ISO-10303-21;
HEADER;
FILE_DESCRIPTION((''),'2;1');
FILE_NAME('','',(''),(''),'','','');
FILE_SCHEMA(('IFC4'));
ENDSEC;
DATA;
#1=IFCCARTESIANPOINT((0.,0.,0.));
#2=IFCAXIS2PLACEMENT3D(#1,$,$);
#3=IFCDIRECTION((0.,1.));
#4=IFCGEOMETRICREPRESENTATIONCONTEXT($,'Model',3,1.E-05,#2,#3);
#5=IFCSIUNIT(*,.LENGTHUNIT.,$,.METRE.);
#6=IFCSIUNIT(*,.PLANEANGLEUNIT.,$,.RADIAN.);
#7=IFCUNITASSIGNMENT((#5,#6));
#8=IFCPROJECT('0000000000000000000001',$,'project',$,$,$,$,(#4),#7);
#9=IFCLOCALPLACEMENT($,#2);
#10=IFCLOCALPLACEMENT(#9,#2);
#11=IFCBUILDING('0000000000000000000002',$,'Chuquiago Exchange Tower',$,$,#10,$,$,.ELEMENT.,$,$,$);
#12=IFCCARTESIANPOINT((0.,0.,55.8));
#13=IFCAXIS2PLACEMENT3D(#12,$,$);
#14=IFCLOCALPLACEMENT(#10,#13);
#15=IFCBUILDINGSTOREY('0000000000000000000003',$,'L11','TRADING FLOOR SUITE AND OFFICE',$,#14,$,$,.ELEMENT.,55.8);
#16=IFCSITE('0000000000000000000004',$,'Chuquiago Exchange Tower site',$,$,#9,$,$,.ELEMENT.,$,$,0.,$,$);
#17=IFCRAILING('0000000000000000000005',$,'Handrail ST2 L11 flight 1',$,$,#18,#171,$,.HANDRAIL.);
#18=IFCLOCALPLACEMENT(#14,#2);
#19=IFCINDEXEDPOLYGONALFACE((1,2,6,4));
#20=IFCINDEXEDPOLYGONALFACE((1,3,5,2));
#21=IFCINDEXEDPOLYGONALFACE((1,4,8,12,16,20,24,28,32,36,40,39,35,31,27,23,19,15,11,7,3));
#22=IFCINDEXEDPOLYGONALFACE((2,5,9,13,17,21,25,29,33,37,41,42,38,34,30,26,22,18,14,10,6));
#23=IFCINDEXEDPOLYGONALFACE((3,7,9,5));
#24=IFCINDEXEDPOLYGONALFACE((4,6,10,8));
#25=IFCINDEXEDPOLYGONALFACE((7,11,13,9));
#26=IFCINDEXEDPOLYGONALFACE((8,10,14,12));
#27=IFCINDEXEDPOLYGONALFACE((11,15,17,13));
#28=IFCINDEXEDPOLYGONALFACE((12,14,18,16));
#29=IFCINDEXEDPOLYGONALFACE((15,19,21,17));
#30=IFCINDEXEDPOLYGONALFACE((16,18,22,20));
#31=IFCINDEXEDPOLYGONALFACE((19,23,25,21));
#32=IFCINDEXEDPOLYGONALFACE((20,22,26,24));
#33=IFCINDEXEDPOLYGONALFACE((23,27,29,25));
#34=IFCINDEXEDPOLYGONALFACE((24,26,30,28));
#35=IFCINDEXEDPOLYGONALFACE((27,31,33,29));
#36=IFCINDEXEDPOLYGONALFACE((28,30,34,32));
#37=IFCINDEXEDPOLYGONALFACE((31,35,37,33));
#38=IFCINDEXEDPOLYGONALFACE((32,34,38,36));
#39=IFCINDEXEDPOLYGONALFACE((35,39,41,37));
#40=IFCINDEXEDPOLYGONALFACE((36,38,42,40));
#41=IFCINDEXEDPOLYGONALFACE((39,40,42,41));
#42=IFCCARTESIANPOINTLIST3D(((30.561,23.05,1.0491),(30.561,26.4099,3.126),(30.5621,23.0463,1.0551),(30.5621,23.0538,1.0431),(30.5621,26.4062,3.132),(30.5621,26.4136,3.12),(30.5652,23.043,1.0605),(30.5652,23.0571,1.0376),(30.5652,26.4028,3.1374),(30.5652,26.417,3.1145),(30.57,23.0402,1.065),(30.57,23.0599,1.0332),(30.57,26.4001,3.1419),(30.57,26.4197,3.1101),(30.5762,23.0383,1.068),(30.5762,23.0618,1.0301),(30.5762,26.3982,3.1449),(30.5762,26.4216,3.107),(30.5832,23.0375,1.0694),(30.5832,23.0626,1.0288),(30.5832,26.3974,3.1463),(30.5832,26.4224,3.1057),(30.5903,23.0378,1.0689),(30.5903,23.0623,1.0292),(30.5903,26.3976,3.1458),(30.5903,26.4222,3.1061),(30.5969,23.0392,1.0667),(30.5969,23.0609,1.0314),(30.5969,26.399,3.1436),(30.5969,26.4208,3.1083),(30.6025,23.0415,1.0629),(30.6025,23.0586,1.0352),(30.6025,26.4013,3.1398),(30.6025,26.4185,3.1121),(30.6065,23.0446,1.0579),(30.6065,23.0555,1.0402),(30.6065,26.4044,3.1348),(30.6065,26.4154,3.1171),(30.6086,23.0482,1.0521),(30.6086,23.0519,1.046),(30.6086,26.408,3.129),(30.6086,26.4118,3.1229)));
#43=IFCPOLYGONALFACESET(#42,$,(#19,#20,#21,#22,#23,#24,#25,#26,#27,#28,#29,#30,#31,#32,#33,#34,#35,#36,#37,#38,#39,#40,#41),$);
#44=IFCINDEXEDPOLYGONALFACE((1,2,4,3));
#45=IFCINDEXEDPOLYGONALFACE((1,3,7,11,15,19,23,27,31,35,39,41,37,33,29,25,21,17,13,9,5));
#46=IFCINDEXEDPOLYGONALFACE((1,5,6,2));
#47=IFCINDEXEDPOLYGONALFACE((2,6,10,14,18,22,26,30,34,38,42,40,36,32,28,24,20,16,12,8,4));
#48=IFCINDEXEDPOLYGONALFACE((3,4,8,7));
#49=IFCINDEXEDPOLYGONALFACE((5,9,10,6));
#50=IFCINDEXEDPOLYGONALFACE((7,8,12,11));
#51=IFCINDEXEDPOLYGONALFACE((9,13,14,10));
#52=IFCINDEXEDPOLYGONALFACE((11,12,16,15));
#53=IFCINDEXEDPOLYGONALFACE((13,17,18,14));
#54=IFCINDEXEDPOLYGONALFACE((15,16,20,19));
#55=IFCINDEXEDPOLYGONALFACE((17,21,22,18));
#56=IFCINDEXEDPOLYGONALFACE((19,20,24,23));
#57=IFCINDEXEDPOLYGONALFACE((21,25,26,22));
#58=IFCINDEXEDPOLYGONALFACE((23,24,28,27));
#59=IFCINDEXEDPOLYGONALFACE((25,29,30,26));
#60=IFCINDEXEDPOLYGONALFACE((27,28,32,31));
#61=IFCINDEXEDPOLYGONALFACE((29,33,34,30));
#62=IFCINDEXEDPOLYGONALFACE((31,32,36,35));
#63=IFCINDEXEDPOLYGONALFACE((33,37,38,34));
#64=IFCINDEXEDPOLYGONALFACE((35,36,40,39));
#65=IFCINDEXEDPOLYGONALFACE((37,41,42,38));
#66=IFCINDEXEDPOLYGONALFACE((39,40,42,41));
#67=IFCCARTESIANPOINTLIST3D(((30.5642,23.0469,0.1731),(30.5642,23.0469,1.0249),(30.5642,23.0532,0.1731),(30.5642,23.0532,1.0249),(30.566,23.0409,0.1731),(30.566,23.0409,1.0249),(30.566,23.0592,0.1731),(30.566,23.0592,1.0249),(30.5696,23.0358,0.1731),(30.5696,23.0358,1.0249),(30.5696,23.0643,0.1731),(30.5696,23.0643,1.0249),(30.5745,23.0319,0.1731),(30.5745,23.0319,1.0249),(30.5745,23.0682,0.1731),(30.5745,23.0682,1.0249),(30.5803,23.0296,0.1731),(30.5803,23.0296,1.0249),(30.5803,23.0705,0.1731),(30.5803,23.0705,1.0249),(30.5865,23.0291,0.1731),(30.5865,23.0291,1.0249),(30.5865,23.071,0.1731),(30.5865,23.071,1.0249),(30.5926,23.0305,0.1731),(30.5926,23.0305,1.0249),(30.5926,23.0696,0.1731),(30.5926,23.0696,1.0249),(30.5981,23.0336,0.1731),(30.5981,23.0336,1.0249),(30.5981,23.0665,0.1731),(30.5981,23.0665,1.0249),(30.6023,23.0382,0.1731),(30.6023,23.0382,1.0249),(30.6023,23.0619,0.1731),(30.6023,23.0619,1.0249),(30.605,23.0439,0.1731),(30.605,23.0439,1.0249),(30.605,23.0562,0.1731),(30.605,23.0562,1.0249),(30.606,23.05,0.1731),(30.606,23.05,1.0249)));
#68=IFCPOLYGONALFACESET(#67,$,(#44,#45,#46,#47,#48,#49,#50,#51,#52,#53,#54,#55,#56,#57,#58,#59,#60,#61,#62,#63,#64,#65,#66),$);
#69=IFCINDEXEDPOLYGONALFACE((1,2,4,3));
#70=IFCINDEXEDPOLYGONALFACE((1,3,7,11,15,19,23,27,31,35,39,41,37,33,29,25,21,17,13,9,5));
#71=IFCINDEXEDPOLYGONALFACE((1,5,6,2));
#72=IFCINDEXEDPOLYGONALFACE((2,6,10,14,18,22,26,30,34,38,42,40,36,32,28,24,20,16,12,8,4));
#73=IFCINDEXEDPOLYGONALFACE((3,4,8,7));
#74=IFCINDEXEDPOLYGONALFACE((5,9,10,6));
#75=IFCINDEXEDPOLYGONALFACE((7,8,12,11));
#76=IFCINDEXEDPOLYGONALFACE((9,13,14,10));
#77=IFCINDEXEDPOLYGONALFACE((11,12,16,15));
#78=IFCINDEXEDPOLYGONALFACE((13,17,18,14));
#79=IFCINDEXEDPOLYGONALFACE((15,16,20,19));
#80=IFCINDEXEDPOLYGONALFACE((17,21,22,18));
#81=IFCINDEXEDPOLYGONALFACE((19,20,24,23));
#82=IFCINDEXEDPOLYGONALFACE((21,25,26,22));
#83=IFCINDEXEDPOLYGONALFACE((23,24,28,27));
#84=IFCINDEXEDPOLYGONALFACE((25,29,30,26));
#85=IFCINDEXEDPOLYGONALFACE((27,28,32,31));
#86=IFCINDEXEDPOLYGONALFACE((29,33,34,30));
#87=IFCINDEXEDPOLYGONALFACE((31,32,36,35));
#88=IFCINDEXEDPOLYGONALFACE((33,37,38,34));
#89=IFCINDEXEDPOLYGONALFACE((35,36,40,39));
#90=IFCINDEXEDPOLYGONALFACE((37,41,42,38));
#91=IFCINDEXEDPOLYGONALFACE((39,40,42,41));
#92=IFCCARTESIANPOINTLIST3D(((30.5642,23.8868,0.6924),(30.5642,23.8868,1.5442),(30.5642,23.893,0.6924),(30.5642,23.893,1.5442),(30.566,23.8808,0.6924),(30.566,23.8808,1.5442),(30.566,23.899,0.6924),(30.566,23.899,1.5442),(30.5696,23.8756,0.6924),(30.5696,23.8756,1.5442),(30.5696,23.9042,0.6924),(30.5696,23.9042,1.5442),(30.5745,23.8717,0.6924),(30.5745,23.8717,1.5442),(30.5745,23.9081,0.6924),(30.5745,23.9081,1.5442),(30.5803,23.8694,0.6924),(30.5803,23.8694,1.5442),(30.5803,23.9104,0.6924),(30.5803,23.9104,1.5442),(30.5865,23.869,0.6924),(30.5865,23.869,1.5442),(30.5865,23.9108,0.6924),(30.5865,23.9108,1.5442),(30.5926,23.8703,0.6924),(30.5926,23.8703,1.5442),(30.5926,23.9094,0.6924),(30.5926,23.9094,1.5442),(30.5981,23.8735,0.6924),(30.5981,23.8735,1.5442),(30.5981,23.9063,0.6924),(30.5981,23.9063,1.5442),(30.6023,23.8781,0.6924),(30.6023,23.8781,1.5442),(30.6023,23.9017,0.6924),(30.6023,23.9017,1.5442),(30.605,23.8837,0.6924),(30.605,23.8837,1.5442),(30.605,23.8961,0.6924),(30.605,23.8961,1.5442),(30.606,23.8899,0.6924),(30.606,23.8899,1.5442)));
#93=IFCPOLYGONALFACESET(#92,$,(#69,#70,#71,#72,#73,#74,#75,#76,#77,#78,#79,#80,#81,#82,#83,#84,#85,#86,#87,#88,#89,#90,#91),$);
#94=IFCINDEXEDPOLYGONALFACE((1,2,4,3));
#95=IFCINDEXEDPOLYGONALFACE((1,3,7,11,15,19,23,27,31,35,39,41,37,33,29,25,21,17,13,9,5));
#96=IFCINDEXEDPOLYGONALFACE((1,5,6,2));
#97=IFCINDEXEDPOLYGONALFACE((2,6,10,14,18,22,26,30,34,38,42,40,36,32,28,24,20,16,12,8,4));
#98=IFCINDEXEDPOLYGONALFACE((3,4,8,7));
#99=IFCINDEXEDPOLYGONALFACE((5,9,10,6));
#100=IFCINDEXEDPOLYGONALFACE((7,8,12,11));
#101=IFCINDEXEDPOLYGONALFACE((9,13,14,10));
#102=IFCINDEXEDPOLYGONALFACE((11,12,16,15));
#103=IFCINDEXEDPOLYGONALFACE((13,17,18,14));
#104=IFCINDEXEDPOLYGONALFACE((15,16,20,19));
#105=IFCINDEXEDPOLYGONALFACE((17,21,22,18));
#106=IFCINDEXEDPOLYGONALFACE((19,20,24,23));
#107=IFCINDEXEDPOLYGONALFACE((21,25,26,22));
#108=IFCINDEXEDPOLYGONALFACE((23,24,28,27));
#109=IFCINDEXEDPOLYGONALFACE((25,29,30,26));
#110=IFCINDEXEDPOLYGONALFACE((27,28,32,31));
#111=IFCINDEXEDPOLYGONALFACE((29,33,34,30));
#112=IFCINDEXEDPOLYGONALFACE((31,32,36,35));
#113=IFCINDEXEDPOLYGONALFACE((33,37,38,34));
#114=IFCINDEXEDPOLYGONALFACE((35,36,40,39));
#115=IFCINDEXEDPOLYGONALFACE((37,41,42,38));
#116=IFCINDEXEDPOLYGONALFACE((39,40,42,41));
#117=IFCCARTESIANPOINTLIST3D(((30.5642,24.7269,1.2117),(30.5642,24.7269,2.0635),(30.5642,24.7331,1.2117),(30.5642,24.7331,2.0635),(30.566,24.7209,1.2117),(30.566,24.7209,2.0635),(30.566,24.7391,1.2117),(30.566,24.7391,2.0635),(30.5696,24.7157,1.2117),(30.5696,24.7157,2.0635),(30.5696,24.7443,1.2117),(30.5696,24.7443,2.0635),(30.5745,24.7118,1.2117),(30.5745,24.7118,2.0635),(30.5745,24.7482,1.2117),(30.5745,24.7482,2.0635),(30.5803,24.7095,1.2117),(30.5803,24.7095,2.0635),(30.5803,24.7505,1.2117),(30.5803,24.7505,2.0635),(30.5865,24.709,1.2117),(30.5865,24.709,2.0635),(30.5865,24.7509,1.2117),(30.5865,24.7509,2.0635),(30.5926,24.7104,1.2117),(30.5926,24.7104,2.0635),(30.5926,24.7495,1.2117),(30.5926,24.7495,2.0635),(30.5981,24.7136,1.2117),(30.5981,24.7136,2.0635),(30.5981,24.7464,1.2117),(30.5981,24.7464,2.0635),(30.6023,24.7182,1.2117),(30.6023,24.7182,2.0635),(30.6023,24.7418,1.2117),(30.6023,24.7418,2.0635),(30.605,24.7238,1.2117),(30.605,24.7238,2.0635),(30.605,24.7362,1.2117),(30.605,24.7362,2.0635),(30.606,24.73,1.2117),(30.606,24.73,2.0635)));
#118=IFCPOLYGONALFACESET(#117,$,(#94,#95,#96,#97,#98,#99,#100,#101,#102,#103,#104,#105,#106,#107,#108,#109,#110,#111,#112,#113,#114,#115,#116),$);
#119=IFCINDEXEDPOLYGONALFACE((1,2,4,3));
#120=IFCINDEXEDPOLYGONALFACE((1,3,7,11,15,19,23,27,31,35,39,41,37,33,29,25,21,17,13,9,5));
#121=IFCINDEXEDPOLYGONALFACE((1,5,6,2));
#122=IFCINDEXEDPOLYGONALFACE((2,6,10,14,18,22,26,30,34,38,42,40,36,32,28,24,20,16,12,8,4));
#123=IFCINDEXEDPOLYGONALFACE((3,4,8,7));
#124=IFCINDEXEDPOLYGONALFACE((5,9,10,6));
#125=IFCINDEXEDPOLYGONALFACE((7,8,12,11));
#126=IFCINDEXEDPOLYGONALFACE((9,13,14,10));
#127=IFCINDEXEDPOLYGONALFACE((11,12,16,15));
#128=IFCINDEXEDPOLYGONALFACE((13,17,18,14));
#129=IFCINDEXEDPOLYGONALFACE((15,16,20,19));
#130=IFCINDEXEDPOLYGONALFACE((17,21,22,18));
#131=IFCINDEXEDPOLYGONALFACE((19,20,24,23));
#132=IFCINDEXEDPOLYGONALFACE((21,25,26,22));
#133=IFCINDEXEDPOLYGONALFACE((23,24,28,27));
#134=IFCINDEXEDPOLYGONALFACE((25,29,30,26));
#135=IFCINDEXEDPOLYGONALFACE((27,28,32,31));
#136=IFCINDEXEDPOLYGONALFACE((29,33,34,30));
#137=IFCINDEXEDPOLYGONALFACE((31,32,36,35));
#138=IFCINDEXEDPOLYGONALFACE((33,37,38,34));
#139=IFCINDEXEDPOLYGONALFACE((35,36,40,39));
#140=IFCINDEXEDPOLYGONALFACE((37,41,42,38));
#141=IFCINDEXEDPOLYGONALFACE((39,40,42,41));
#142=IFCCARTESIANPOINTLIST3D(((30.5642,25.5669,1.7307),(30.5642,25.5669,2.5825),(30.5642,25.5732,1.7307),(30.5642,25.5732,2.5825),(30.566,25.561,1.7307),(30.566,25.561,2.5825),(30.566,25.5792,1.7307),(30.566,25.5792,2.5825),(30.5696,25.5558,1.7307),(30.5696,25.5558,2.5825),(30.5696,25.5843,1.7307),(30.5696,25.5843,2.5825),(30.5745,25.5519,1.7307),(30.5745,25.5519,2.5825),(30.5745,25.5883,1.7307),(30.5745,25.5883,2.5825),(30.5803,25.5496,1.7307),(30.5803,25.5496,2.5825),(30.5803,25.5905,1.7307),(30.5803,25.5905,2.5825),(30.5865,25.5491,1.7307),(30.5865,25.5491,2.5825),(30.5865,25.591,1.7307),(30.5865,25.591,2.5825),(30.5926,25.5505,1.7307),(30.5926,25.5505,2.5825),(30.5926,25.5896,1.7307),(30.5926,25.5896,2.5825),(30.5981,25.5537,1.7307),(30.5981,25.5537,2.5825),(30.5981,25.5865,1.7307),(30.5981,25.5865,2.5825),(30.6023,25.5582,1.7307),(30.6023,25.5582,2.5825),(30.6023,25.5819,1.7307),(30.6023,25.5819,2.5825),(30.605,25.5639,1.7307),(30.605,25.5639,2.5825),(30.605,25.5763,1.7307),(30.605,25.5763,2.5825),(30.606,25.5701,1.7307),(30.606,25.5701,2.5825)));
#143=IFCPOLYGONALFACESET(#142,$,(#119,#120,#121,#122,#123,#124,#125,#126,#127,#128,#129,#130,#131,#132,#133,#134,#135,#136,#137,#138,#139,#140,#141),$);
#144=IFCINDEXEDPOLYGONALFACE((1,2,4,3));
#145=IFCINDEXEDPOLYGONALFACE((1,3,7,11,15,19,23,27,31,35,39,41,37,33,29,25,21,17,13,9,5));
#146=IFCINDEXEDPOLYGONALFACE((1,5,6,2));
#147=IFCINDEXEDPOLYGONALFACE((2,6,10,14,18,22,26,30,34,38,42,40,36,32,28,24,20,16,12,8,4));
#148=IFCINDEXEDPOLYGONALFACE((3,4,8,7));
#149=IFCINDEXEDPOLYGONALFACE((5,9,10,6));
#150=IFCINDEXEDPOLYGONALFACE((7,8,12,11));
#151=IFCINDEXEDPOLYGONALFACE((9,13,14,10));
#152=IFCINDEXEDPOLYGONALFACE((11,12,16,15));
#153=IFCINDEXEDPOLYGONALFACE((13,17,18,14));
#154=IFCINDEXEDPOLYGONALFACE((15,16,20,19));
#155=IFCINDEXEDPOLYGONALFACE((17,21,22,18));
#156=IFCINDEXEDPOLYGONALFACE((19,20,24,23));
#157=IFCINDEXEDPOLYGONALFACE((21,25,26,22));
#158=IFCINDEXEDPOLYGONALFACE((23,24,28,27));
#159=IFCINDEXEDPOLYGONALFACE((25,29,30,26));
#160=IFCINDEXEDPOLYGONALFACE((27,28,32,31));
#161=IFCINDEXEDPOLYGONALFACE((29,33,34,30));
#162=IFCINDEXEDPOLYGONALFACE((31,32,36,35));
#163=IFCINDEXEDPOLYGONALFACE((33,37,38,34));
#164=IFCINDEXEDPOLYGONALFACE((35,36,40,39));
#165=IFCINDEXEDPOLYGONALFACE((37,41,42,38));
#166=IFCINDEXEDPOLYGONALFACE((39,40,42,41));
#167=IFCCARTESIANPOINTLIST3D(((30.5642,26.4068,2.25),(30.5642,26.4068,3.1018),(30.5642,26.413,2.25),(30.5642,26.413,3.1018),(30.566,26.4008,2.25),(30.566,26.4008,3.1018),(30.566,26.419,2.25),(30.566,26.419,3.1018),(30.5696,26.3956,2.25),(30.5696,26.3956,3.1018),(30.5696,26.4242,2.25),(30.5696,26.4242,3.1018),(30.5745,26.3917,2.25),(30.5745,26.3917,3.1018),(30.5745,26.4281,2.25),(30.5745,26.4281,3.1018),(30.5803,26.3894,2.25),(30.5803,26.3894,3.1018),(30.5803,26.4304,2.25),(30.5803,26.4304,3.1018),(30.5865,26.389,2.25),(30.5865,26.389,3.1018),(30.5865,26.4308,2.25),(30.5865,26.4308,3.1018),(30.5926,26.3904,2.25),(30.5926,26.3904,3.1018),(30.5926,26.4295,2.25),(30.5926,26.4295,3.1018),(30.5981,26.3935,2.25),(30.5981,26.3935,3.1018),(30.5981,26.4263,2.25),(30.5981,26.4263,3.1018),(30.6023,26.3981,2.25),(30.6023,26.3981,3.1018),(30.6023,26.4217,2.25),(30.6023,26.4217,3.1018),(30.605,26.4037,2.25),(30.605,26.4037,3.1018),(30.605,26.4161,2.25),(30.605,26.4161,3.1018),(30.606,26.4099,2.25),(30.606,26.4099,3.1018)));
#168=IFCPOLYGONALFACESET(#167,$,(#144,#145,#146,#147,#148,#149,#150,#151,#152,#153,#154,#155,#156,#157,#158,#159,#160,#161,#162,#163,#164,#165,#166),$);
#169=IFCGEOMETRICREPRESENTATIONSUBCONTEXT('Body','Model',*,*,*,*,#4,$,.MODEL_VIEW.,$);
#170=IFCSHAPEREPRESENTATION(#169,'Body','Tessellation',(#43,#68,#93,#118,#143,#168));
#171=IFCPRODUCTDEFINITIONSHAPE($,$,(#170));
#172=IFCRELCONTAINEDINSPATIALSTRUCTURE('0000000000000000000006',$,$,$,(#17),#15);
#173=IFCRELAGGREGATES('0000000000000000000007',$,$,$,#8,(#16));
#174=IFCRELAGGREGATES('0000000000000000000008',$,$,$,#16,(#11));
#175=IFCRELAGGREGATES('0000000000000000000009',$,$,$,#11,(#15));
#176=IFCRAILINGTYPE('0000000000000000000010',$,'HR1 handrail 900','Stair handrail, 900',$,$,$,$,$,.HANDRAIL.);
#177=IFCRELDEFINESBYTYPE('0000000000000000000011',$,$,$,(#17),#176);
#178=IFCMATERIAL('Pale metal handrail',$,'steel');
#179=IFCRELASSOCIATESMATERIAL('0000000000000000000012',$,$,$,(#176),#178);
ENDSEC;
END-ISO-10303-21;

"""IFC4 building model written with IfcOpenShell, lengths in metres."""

from ifc_helpers import new_model, si_unit, direction, frame, origin, origin_2d, place, context, subcontext, project, spatial, circle, extrude, material, type_object, element, save


model = new_model("IFC4")

# Units and contexts
model_context = context("Model", 3, precision=1e-05, world=origin(), true_north=direction((0.0, 1.0)))
body_context = subcontext(model_context, "Body", "Model", "MODEL_VIEW")
ifc_project = project(units=[si_unit("LENGTHUNIT", "METRE"), si_unit("PLANEANGLEUNIT", "RADIAN")], contexts=[model_context])

# Site, building, storey
site_placement = place(None, origin())
site = spatial("IfcSite", under=ifc_project, at=site_placement, Name="Chuquiago Exchange Tower site", CompositionType="ELEMENT", RefElevation=0.0)
building_placement = place(site_placement, origin())
building = spatial("IfcBuilding", under=site, at=building_placement, Name="Chuquiago Exchange Tower", CompositionType="ELEMENT")
storey_placement = place(building_placement, frame((0.0, 0.0, 55.8)))
storey = spatial("IfcBuildingStorey", under=building, at=storey_placement, Name="L11", Description="TRADING FLOOR SUITE AND OFFICE", CompositionType="ELEMENT", Elevation=55.8)

# Railing
ifc_material_1 = material(Name="Pale metal handrail", Category="steel")
railing_type_1 = type_object("IfcRailingType", Name="HR1 handrail 900", Description="Stair handrail, 900", PredefinedType="HANDRAIL", material=ifc_material_1)
for number, where, name in (
    (1, (30.585, 23.05, 0.1731), "Handrail ST2 L11 flight 1"),
):
    element("IfcRailing", number, at=place(storey_placement, frame(where)), inside=storey, type_object=railing_type_1, Name=name, PredefinedType="HANDRAIL", context=body_context, shape_type="SweptSolid", body=[
        extrude(circle(Radius=0.0239, at=origin_2d()), frame((0.0, 0.0, 0.876), z_axis=(0.0, 0.850606, 0.525803), x_axis=(-1.0, 0.0, 0.0)), (0.0, 0.0, 1.0), 3.95),
        extrude(circle(Radius=0.021, at=origin_2d()), origin(), (0.0, 0.0, 1.0), 0.8518),
        extrude(circle(Radius=0.021, at=origin_2d()), frame((0.0, 0.8398, 0.5193)), (0.0, 0.0, 1.0), 0.8518),
        extrude(circle(Radius=0.021, at=origin_2d()), frame((0.0, 1.6799, 1.0386)), (0.0, 0.0, 1.0), 0.8518),
        extrude(circle(Radius=0.021, at=origin_2d()), frame((0.0, 2.52, 1.5576)), (0.0, 0.0, 1.0), 0.8518),
        extrude(circle(Radius=0.021, at=origin_2d()), frame((0.0, 3.3599, 2.0769)), (0.0, 0.0, 1.0), 0.8518),
    ])

save(model, "model.ifc")
